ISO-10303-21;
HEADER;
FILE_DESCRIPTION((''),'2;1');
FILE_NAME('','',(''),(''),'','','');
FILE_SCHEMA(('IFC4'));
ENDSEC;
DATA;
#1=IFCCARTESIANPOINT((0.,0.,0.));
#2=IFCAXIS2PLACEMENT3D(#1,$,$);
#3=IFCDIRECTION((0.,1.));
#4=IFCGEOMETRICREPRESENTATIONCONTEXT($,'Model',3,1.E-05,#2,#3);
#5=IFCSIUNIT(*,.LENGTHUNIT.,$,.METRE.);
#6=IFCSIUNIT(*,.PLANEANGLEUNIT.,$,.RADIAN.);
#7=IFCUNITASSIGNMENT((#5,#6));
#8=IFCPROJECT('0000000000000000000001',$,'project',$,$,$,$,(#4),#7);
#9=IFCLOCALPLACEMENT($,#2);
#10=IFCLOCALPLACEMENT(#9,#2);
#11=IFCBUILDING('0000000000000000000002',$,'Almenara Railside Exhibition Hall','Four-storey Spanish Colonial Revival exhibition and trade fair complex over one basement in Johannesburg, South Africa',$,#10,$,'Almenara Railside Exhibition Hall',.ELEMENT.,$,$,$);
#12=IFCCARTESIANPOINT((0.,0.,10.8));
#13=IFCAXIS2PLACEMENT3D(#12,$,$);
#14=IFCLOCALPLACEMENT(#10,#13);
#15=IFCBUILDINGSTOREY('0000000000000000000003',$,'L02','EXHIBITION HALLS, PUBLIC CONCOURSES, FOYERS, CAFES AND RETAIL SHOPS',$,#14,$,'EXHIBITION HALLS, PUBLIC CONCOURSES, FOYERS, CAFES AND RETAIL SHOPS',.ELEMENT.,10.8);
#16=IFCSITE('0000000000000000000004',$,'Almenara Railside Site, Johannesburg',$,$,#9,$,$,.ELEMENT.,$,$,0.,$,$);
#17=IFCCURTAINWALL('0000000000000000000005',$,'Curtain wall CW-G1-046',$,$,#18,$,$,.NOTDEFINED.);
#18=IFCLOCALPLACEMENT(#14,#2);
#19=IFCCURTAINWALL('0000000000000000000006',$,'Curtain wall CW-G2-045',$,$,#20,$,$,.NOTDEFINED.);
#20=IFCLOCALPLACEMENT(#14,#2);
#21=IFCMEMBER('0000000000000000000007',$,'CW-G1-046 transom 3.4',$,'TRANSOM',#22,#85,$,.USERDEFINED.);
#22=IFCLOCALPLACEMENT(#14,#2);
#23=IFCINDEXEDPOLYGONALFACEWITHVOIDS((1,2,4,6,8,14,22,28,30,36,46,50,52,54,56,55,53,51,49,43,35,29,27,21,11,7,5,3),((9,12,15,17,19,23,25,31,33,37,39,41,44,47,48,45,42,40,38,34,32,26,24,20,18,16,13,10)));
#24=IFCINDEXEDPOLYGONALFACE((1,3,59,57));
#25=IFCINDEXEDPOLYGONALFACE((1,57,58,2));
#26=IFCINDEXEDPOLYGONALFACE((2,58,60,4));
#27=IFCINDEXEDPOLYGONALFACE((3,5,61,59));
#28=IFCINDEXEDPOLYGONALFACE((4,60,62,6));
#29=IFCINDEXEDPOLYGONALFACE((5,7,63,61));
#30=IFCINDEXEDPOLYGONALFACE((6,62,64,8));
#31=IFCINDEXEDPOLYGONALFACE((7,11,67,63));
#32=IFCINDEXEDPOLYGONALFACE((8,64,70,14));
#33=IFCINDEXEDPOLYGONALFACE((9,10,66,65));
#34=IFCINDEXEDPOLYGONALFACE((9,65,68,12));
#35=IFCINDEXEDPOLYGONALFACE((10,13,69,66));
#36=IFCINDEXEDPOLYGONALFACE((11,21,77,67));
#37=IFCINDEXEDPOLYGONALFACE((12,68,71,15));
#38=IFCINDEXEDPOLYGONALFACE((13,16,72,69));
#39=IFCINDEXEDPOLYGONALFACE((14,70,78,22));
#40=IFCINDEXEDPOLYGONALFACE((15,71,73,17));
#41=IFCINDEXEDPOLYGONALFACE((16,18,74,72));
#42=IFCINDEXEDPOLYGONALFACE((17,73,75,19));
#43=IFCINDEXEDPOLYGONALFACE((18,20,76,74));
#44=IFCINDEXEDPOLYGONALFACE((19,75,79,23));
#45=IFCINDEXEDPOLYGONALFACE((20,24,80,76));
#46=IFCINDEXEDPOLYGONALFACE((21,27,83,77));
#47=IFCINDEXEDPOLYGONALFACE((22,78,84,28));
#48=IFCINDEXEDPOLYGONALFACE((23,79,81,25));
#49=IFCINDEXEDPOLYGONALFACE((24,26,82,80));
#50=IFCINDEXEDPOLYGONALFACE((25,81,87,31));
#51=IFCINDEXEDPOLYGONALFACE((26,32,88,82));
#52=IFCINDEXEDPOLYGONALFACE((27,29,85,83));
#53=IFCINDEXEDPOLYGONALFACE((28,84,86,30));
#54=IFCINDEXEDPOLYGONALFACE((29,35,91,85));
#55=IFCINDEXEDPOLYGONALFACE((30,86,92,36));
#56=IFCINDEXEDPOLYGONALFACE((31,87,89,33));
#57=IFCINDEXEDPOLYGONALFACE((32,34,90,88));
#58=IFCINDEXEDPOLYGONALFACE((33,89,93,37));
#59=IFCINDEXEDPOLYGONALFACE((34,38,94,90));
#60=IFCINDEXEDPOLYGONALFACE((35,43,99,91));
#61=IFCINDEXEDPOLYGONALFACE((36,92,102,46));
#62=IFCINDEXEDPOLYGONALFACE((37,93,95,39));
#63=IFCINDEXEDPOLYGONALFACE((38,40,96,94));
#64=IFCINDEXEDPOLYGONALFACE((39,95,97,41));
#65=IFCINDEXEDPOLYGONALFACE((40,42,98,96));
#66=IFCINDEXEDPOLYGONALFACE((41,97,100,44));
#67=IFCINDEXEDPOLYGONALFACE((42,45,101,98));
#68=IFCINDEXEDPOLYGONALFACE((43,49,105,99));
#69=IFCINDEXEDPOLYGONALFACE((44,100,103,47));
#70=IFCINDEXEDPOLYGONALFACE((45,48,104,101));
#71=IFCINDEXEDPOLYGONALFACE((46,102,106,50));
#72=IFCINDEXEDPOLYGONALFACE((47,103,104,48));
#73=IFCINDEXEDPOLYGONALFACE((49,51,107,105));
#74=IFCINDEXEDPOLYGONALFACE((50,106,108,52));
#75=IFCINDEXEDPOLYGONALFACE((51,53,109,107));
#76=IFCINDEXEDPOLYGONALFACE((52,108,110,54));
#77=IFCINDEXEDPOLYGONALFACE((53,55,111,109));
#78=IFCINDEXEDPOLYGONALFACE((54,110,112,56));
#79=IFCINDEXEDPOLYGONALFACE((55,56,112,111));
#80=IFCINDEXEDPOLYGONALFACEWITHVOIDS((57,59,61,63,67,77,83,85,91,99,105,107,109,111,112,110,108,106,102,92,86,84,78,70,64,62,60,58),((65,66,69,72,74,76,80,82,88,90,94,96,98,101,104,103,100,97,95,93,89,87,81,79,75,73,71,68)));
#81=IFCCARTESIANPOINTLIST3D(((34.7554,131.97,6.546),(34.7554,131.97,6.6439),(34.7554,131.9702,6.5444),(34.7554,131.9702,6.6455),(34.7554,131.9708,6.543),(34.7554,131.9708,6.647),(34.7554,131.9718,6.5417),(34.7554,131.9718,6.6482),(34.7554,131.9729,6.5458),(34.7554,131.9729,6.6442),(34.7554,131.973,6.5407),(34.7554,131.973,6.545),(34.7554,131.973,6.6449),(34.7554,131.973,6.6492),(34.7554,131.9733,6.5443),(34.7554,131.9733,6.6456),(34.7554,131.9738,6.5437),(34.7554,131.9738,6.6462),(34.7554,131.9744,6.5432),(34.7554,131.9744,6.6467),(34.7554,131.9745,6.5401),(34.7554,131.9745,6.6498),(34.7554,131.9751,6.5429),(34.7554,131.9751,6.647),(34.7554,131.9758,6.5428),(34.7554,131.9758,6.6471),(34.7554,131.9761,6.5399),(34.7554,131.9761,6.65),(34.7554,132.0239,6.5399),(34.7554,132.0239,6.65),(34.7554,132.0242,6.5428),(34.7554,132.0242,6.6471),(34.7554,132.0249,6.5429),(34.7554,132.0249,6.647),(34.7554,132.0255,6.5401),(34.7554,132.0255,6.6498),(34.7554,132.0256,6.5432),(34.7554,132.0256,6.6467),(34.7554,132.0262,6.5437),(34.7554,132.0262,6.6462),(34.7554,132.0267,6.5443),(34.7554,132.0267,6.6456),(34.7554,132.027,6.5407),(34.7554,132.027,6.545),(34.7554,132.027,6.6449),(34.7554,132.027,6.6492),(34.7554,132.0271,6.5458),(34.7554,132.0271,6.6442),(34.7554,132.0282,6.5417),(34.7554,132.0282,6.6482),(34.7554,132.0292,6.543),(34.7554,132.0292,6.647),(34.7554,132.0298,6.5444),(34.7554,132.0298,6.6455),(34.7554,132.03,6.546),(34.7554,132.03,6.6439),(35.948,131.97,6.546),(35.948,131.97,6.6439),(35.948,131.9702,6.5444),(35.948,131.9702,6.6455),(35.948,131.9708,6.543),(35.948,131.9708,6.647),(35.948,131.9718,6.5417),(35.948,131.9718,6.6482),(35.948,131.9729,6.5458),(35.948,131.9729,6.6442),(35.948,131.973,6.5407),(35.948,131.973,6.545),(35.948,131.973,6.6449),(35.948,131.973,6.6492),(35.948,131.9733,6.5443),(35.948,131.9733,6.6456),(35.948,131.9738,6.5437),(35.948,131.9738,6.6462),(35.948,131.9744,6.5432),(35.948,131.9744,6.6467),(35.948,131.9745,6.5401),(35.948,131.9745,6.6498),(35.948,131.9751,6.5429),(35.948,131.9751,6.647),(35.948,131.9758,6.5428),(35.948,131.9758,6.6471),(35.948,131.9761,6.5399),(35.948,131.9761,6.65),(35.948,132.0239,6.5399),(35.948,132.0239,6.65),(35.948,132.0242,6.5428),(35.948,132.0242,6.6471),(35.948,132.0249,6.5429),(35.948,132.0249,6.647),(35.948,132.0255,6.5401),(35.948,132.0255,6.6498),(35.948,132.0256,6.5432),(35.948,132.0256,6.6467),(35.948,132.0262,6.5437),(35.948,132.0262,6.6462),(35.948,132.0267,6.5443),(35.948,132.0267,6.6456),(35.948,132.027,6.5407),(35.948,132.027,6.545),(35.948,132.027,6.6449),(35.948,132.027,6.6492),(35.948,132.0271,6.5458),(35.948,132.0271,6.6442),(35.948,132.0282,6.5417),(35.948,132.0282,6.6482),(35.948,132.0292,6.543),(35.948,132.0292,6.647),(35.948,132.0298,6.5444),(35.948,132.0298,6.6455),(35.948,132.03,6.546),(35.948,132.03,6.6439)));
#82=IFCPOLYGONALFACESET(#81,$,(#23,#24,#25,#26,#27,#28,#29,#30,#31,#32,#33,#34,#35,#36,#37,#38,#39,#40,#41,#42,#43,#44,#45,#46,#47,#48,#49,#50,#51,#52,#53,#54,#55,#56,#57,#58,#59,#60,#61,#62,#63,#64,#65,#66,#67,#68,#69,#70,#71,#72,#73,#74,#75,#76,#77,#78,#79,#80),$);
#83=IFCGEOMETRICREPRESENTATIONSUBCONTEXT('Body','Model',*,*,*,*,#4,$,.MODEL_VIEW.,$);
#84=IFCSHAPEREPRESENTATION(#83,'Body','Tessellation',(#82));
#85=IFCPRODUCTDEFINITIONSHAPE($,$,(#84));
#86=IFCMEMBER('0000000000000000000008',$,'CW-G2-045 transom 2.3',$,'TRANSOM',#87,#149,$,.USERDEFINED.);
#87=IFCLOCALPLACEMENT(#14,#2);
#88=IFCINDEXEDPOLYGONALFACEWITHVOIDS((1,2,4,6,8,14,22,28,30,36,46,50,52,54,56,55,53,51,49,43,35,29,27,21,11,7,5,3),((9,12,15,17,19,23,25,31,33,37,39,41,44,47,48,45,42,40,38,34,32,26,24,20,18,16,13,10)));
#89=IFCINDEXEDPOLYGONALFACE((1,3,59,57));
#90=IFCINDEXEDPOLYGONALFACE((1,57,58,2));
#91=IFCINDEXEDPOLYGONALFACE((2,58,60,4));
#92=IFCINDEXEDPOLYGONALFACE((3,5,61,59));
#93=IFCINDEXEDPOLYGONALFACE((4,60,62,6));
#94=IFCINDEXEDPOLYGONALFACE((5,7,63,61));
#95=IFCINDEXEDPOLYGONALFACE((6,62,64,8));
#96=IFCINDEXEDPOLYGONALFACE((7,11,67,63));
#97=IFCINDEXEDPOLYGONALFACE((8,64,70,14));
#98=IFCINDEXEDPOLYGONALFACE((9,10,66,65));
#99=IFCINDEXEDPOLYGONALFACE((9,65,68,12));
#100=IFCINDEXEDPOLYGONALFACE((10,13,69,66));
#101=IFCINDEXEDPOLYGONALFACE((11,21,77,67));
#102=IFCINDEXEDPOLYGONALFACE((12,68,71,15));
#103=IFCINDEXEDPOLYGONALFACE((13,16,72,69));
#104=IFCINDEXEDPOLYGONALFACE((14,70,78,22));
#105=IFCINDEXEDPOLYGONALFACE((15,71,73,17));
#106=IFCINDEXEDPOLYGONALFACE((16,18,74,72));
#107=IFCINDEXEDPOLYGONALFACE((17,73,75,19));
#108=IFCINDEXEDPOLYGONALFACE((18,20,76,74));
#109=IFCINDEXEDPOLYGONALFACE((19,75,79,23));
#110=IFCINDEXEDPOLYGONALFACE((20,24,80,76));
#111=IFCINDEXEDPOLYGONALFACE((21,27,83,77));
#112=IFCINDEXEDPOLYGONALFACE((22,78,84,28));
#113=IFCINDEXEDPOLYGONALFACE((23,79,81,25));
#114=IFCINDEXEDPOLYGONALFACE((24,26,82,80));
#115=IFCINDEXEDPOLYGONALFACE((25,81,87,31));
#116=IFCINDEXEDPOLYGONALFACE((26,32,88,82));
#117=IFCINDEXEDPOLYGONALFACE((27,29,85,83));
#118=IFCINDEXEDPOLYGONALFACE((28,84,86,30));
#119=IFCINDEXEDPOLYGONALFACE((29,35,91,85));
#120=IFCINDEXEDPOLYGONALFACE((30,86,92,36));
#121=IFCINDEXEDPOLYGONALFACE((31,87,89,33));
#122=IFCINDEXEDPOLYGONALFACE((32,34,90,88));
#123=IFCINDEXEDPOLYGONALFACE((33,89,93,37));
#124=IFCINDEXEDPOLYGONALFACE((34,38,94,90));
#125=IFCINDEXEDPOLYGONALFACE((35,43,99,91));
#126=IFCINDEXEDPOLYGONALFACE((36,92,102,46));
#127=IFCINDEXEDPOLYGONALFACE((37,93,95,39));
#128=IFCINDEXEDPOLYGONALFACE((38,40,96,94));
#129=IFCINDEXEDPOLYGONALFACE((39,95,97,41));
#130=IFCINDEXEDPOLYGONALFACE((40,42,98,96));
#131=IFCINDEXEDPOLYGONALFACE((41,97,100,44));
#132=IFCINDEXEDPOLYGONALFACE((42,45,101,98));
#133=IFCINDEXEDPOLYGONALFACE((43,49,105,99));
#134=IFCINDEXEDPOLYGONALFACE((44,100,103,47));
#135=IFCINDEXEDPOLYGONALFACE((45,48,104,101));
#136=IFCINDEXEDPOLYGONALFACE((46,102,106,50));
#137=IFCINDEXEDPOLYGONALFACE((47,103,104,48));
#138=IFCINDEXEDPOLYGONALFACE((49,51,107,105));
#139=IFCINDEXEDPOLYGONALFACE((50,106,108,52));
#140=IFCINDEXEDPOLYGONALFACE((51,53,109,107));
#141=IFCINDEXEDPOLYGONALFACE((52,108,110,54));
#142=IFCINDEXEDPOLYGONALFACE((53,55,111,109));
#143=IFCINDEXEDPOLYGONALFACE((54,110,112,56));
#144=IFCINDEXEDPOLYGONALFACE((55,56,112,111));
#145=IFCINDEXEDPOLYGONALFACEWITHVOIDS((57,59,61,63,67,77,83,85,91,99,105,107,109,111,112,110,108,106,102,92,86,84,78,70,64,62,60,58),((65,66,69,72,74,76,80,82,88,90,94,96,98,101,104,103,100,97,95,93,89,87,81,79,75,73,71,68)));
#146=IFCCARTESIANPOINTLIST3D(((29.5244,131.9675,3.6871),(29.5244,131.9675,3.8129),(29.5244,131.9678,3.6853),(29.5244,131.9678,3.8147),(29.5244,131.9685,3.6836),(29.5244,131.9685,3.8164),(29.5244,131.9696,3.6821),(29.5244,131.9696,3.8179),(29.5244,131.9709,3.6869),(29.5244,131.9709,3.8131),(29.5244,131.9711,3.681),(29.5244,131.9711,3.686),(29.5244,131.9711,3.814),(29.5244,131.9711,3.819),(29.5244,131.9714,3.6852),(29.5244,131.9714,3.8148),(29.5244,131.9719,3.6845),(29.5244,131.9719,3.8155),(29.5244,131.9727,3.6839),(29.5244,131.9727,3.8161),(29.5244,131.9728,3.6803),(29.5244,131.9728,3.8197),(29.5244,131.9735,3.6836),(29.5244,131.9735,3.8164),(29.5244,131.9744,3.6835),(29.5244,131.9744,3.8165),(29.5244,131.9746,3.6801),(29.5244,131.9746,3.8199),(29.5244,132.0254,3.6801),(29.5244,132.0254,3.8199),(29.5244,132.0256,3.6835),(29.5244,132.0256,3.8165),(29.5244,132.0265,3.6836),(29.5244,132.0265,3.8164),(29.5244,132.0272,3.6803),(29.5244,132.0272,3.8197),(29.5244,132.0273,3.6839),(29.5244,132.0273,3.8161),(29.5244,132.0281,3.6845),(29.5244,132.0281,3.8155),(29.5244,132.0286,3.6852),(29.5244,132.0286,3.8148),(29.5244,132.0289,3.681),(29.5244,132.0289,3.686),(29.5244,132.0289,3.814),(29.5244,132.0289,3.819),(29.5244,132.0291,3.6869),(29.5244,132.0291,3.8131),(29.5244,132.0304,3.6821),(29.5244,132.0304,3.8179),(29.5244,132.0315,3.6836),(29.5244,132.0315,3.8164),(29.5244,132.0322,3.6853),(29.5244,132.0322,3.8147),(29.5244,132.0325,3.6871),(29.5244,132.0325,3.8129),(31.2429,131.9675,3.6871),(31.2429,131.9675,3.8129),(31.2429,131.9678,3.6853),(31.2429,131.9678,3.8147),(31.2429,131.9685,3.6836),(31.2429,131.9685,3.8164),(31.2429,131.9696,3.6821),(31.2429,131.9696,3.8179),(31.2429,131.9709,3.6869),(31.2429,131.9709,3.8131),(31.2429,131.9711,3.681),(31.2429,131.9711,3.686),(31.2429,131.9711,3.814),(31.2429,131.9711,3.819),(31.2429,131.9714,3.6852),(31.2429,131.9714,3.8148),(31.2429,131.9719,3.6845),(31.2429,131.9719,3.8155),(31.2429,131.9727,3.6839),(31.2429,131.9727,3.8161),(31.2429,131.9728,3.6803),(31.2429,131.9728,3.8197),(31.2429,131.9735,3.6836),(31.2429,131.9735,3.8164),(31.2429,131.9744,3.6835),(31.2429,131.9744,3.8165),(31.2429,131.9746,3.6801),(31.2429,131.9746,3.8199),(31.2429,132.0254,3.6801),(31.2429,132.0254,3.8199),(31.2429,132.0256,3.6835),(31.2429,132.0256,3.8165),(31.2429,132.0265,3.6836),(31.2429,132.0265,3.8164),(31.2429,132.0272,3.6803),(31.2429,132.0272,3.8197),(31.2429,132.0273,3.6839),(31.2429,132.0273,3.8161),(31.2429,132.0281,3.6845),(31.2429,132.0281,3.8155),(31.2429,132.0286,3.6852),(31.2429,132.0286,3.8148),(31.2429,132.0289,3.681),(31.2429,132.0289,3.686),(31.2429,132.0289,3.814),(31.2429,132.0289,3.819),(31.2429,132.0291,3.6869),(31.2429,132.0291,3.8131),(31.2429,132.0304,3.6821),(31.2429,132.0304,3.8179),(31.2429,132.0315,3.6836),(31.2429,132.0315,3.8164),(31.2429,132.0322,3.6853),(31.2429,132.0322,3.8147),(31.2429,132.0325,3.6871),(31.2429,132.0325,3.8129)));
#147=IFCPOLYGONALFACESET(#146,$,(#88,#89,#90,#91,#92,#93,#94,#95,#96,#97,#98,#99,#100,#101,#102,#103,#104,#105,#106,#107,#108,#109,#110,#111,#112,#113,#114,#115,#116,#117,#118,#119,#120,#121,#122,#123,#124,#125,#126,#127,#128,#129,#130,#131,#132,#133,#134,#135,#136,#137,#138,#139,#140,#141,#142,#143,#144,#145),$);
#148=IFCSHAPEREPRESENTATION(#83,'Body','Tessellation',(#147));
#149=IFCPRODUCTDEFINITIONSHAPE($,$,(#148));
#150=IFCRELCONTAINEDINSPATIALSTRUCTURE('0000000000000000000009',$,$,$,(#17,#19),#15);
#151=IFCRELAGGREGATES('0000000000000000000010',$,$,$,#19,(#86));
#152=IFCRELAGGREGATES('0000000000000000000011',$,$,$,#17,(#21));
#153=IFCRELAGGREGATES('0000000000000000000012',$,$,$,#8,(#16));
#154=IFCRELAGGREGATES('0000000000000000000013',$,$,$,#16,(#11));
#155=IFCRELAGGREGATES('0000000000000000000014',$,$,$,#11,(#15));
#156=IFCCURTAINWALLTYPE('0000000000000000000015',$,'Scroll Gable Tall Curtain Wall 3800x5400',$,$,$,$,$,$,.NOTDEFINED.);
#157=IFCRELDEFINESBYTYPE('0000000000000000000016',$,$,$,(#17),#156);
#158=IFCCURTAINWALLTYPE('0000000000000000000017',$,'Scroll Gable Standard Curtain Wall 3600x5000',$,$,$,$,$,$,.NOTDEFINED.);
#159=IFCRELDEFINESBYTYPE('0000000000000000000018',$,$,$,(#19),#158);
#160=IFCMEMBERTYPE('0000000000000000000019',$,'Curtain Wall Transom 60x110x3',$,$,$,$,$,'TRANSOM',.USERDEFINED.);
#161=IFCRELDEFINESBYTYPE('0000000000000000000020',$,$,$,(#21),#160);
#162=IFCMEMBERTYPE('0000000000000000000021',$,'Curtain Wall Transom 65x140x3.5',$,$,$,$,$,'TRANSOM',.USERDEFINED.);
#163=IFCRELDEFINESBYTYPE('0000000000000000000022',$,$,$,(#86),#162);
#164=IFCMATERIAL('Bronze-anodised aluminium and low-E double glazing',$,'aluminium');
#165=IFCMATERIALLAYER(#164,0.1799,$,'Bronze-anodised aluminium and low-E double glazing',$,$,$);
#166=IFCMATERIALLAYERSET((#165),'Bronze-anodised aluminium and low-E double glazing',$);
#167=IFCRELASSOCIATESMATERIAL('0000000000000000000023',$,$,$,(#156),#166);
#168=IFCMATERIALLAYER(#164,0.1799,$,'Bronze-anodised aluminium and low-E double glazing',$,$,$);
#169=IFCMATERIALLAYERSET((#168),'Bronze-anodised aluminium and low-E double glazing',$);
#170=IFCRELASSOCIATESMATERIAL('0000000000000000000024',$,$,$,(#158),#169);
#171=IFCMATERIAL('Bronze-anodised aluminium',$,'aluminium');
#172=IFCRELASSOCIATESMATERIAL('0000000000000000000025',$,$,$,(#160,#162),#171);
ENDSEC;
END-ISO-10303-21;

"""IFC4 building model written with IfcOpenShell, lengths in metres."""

from ifc_helpers import new_model, si_unit, direction, frame, origin, origin_2d, place, context, subcontext, project, spatial, hollow_rectangle, extrude, material, layer, layer_set, material_profile, profile_set, type_object, element, aggregate, save


model = new_model("IFC4")

# Units and contexts
model_context = context("Model", 3, precision=1e-05, world=origin(), true_north=direction((0.0, 1.0)))
body_context = subcontext(model_context, "Body", "Model", "MODEL_VIEW")
ifc_project = project(units=[si_unit("LENGTHUNIT", "METRE"), si_unit("PLANEANGLEUNIT", "RADIAN")], contexts=[model_context])

# Site, building, storey
site_placement = place(None, origin())
site = spatial("IfcSite", under=ifc_project, at=site_placement, Name="Almenara Railside Site, Johannesburg", CompositionType="ELEMENT", RefElevation=0.0)
building_placement = place(site_placement, origin())
building = spatial("IfcBuilding", under=site, at=building_placement, Name="Almenara Railside Exhibition Hall", Description="Four-storey Spanish Colonial Revival exhibition and trade fair complex over one basement in Johannesburg, South Africa", LongName="Almenara Railside Exhibition Hall", CompositionType="ELEMENT")
storey_placement = place(building_placement, frame((0.0, 0.0, 10.8)))
storey = spatial("IfcBuildingStorey", under=building, at=storey_placement, Name="L02", Description="EXHIBITION HALLS, PUBLIC CONCOURSES, FOYERS, CAFES AND RETAIL SHOPS", LongName="EXHIBITION HALLS, PUBLIC CONCOURSES, FOYERS, CAFES AND RETAIL SHOPS", CompositionType="ELEMENT", Elevation=10.8)

# Curtain wall
ifc_material_1 = material(Name="Bronze-anodised aluminium and low-E double glazing", Category="aluminium")
ifc_layer_1 = layer(ifc_material_1, 0.1799, Name="Bronze-anodised aluminium and low-E double glazing")
ifc_layer_set_1 = layer_set([ifc_layer_1], Name="Bronze-anodised aluminium and low-E double glazing")
curtain_wall_type_1 = type_object("IfcCurtainWallType", Name="Scroll Gable Tall Curtain Wall 3800x5400", PredefinedType="NOTDEFINED", material=ifc_layer_set_1)
ifc_material_2 = material(Name="Bronze-anodised aluminium", Category="aluminium")
curtain_wall_1_placement = place(storey_placement, origin())
curtain_wall_1 = element("IfcCurtainWall", 1, at=curtain_wall_1_placement, inside=storey, type_object=curtain_wall_type_1, Name="Curtain wall CW-G1-046", PredefinedType="NOTDEFINED")

# Curtain wall
ifc_layer_2 = layer(ifc_material_1, 0.1799, Name="Bronze-anodised aluminium and low-E double glazing")
ifc_layer_set_2 = layer_set([ifc_layer_2], Name="Bronze-anodised aluminium and low-E double glazing")
curtain_wall_type_2 = type_object("IfcCurtainWallType", Name="Scroll Gable Standard Curtain Wall 3600x5000", PredefinedType="NOTDEFINED", material=ifc_layer_set_2)
curtain_wall_2_placement = place(storey_placement, origin())
curtain_wall_2 = element("IfcCurtainWall", 2, at=curtain_wall_2_placement, inside=storey, type_object=curtain_wall_type_2, Name="Curtain wall CW-G2-045", PredefinedType="NOTDEFINED")

# Members
ifc_material_profile_1 = material_profile(ifc_material_2, hollow_rectangle(XDim=0.0601, YDim=0.1101, WallThickness=0.0029, InnerFilletRadius=0.0029, OuterFilletRadius=0.0061, at=origin_2d()), Name="ALU-TRN 60x110x3")
ifc_profile_set_1 = profile_set([ifc_material_profile_1], Name="Bronze-anodised aluminium")
member_type_1 = type_object("IfcMemberType", Name="Curtain Wall Transom 60x110x3", ElementType="TRANSOM", PredefinedType="USERDEFINED", material=ifc_profile_set_1)
member_1_placement = place(storey_placement, frame((34.7554, 132.0, 6.595), z_axis=(1.0, 0.0, 0.0), x_axis=(0.0, 1.0, 0.0)))
member_1 = element("IfcMember", 3, at=member_1_placement, type_object=member_type_1, Name="CW-G1-046 transom 3.4", ObjectType="TRANSOM", PredefinedType="USERDEFINED", context=body_context, shape_type="SweptSolid", body=[
    extrude(hollow_rectangle(XDim=0.0601, YDim=0.1101, WallThickness=0.0029, InnerFilletRadius=0.0029, OuterFilletRadius=0.0061, at=origin_2d()), origin(), (0.0, 0.0, 1.0), 1.1926),
])
ifc_material_profile_2 = material_profile(ifc_material_2, hollow_rectangle(XDim=0.0649, YDim=0.1399, WallThickness=0.0034, InnerFilletRadius=0.0034, OuterFilletRadius=0.0071, at=origin_2d()), Name="ALU-TRN 65x140x3.5")
ifc_profile_set_2 = profile_set([ifc_material_profile_2], Name="Bronze-anodised aluminium")
member_type_2 = type_object("IfcMemberType", Name="Curtain Wall Transom 65x140x3.5", ElementType="TRANSOM", PredefinedType="USERDEFINED", material=ifc_profile_set_2)
member_2_placement = place(storey_placement, frame((29.5244, 132.0, 3.75), z_axis=(1.0, 0.0, 0.0), x_axis=(0.0, 1.0, 0.0)))
member_2 = element("IfcMember", 4, at=member_2_placement, type_object=member_type_2, Name="CW-G2-045 transom 2.3", ObjectType="TRANSOM", PredefinedType="USERDEFINED", context=body_context, shape_type="SweptSolid", body=[
    extrude(hollow_rectangle(XDim=0.0649, YDim=0.1399, WallThickness=0.0034, InnerFilletRadius=0.0034, OuterFilletRadius=0.0071, at=origin_2d()), origin(), (0.0, 0.0, 1.0), 1.7185),
])

aggregate(curtain_wall_2, [member_2])
aggregate(curtain_wall_1, [member_1])

save(model, "model.ifc")
